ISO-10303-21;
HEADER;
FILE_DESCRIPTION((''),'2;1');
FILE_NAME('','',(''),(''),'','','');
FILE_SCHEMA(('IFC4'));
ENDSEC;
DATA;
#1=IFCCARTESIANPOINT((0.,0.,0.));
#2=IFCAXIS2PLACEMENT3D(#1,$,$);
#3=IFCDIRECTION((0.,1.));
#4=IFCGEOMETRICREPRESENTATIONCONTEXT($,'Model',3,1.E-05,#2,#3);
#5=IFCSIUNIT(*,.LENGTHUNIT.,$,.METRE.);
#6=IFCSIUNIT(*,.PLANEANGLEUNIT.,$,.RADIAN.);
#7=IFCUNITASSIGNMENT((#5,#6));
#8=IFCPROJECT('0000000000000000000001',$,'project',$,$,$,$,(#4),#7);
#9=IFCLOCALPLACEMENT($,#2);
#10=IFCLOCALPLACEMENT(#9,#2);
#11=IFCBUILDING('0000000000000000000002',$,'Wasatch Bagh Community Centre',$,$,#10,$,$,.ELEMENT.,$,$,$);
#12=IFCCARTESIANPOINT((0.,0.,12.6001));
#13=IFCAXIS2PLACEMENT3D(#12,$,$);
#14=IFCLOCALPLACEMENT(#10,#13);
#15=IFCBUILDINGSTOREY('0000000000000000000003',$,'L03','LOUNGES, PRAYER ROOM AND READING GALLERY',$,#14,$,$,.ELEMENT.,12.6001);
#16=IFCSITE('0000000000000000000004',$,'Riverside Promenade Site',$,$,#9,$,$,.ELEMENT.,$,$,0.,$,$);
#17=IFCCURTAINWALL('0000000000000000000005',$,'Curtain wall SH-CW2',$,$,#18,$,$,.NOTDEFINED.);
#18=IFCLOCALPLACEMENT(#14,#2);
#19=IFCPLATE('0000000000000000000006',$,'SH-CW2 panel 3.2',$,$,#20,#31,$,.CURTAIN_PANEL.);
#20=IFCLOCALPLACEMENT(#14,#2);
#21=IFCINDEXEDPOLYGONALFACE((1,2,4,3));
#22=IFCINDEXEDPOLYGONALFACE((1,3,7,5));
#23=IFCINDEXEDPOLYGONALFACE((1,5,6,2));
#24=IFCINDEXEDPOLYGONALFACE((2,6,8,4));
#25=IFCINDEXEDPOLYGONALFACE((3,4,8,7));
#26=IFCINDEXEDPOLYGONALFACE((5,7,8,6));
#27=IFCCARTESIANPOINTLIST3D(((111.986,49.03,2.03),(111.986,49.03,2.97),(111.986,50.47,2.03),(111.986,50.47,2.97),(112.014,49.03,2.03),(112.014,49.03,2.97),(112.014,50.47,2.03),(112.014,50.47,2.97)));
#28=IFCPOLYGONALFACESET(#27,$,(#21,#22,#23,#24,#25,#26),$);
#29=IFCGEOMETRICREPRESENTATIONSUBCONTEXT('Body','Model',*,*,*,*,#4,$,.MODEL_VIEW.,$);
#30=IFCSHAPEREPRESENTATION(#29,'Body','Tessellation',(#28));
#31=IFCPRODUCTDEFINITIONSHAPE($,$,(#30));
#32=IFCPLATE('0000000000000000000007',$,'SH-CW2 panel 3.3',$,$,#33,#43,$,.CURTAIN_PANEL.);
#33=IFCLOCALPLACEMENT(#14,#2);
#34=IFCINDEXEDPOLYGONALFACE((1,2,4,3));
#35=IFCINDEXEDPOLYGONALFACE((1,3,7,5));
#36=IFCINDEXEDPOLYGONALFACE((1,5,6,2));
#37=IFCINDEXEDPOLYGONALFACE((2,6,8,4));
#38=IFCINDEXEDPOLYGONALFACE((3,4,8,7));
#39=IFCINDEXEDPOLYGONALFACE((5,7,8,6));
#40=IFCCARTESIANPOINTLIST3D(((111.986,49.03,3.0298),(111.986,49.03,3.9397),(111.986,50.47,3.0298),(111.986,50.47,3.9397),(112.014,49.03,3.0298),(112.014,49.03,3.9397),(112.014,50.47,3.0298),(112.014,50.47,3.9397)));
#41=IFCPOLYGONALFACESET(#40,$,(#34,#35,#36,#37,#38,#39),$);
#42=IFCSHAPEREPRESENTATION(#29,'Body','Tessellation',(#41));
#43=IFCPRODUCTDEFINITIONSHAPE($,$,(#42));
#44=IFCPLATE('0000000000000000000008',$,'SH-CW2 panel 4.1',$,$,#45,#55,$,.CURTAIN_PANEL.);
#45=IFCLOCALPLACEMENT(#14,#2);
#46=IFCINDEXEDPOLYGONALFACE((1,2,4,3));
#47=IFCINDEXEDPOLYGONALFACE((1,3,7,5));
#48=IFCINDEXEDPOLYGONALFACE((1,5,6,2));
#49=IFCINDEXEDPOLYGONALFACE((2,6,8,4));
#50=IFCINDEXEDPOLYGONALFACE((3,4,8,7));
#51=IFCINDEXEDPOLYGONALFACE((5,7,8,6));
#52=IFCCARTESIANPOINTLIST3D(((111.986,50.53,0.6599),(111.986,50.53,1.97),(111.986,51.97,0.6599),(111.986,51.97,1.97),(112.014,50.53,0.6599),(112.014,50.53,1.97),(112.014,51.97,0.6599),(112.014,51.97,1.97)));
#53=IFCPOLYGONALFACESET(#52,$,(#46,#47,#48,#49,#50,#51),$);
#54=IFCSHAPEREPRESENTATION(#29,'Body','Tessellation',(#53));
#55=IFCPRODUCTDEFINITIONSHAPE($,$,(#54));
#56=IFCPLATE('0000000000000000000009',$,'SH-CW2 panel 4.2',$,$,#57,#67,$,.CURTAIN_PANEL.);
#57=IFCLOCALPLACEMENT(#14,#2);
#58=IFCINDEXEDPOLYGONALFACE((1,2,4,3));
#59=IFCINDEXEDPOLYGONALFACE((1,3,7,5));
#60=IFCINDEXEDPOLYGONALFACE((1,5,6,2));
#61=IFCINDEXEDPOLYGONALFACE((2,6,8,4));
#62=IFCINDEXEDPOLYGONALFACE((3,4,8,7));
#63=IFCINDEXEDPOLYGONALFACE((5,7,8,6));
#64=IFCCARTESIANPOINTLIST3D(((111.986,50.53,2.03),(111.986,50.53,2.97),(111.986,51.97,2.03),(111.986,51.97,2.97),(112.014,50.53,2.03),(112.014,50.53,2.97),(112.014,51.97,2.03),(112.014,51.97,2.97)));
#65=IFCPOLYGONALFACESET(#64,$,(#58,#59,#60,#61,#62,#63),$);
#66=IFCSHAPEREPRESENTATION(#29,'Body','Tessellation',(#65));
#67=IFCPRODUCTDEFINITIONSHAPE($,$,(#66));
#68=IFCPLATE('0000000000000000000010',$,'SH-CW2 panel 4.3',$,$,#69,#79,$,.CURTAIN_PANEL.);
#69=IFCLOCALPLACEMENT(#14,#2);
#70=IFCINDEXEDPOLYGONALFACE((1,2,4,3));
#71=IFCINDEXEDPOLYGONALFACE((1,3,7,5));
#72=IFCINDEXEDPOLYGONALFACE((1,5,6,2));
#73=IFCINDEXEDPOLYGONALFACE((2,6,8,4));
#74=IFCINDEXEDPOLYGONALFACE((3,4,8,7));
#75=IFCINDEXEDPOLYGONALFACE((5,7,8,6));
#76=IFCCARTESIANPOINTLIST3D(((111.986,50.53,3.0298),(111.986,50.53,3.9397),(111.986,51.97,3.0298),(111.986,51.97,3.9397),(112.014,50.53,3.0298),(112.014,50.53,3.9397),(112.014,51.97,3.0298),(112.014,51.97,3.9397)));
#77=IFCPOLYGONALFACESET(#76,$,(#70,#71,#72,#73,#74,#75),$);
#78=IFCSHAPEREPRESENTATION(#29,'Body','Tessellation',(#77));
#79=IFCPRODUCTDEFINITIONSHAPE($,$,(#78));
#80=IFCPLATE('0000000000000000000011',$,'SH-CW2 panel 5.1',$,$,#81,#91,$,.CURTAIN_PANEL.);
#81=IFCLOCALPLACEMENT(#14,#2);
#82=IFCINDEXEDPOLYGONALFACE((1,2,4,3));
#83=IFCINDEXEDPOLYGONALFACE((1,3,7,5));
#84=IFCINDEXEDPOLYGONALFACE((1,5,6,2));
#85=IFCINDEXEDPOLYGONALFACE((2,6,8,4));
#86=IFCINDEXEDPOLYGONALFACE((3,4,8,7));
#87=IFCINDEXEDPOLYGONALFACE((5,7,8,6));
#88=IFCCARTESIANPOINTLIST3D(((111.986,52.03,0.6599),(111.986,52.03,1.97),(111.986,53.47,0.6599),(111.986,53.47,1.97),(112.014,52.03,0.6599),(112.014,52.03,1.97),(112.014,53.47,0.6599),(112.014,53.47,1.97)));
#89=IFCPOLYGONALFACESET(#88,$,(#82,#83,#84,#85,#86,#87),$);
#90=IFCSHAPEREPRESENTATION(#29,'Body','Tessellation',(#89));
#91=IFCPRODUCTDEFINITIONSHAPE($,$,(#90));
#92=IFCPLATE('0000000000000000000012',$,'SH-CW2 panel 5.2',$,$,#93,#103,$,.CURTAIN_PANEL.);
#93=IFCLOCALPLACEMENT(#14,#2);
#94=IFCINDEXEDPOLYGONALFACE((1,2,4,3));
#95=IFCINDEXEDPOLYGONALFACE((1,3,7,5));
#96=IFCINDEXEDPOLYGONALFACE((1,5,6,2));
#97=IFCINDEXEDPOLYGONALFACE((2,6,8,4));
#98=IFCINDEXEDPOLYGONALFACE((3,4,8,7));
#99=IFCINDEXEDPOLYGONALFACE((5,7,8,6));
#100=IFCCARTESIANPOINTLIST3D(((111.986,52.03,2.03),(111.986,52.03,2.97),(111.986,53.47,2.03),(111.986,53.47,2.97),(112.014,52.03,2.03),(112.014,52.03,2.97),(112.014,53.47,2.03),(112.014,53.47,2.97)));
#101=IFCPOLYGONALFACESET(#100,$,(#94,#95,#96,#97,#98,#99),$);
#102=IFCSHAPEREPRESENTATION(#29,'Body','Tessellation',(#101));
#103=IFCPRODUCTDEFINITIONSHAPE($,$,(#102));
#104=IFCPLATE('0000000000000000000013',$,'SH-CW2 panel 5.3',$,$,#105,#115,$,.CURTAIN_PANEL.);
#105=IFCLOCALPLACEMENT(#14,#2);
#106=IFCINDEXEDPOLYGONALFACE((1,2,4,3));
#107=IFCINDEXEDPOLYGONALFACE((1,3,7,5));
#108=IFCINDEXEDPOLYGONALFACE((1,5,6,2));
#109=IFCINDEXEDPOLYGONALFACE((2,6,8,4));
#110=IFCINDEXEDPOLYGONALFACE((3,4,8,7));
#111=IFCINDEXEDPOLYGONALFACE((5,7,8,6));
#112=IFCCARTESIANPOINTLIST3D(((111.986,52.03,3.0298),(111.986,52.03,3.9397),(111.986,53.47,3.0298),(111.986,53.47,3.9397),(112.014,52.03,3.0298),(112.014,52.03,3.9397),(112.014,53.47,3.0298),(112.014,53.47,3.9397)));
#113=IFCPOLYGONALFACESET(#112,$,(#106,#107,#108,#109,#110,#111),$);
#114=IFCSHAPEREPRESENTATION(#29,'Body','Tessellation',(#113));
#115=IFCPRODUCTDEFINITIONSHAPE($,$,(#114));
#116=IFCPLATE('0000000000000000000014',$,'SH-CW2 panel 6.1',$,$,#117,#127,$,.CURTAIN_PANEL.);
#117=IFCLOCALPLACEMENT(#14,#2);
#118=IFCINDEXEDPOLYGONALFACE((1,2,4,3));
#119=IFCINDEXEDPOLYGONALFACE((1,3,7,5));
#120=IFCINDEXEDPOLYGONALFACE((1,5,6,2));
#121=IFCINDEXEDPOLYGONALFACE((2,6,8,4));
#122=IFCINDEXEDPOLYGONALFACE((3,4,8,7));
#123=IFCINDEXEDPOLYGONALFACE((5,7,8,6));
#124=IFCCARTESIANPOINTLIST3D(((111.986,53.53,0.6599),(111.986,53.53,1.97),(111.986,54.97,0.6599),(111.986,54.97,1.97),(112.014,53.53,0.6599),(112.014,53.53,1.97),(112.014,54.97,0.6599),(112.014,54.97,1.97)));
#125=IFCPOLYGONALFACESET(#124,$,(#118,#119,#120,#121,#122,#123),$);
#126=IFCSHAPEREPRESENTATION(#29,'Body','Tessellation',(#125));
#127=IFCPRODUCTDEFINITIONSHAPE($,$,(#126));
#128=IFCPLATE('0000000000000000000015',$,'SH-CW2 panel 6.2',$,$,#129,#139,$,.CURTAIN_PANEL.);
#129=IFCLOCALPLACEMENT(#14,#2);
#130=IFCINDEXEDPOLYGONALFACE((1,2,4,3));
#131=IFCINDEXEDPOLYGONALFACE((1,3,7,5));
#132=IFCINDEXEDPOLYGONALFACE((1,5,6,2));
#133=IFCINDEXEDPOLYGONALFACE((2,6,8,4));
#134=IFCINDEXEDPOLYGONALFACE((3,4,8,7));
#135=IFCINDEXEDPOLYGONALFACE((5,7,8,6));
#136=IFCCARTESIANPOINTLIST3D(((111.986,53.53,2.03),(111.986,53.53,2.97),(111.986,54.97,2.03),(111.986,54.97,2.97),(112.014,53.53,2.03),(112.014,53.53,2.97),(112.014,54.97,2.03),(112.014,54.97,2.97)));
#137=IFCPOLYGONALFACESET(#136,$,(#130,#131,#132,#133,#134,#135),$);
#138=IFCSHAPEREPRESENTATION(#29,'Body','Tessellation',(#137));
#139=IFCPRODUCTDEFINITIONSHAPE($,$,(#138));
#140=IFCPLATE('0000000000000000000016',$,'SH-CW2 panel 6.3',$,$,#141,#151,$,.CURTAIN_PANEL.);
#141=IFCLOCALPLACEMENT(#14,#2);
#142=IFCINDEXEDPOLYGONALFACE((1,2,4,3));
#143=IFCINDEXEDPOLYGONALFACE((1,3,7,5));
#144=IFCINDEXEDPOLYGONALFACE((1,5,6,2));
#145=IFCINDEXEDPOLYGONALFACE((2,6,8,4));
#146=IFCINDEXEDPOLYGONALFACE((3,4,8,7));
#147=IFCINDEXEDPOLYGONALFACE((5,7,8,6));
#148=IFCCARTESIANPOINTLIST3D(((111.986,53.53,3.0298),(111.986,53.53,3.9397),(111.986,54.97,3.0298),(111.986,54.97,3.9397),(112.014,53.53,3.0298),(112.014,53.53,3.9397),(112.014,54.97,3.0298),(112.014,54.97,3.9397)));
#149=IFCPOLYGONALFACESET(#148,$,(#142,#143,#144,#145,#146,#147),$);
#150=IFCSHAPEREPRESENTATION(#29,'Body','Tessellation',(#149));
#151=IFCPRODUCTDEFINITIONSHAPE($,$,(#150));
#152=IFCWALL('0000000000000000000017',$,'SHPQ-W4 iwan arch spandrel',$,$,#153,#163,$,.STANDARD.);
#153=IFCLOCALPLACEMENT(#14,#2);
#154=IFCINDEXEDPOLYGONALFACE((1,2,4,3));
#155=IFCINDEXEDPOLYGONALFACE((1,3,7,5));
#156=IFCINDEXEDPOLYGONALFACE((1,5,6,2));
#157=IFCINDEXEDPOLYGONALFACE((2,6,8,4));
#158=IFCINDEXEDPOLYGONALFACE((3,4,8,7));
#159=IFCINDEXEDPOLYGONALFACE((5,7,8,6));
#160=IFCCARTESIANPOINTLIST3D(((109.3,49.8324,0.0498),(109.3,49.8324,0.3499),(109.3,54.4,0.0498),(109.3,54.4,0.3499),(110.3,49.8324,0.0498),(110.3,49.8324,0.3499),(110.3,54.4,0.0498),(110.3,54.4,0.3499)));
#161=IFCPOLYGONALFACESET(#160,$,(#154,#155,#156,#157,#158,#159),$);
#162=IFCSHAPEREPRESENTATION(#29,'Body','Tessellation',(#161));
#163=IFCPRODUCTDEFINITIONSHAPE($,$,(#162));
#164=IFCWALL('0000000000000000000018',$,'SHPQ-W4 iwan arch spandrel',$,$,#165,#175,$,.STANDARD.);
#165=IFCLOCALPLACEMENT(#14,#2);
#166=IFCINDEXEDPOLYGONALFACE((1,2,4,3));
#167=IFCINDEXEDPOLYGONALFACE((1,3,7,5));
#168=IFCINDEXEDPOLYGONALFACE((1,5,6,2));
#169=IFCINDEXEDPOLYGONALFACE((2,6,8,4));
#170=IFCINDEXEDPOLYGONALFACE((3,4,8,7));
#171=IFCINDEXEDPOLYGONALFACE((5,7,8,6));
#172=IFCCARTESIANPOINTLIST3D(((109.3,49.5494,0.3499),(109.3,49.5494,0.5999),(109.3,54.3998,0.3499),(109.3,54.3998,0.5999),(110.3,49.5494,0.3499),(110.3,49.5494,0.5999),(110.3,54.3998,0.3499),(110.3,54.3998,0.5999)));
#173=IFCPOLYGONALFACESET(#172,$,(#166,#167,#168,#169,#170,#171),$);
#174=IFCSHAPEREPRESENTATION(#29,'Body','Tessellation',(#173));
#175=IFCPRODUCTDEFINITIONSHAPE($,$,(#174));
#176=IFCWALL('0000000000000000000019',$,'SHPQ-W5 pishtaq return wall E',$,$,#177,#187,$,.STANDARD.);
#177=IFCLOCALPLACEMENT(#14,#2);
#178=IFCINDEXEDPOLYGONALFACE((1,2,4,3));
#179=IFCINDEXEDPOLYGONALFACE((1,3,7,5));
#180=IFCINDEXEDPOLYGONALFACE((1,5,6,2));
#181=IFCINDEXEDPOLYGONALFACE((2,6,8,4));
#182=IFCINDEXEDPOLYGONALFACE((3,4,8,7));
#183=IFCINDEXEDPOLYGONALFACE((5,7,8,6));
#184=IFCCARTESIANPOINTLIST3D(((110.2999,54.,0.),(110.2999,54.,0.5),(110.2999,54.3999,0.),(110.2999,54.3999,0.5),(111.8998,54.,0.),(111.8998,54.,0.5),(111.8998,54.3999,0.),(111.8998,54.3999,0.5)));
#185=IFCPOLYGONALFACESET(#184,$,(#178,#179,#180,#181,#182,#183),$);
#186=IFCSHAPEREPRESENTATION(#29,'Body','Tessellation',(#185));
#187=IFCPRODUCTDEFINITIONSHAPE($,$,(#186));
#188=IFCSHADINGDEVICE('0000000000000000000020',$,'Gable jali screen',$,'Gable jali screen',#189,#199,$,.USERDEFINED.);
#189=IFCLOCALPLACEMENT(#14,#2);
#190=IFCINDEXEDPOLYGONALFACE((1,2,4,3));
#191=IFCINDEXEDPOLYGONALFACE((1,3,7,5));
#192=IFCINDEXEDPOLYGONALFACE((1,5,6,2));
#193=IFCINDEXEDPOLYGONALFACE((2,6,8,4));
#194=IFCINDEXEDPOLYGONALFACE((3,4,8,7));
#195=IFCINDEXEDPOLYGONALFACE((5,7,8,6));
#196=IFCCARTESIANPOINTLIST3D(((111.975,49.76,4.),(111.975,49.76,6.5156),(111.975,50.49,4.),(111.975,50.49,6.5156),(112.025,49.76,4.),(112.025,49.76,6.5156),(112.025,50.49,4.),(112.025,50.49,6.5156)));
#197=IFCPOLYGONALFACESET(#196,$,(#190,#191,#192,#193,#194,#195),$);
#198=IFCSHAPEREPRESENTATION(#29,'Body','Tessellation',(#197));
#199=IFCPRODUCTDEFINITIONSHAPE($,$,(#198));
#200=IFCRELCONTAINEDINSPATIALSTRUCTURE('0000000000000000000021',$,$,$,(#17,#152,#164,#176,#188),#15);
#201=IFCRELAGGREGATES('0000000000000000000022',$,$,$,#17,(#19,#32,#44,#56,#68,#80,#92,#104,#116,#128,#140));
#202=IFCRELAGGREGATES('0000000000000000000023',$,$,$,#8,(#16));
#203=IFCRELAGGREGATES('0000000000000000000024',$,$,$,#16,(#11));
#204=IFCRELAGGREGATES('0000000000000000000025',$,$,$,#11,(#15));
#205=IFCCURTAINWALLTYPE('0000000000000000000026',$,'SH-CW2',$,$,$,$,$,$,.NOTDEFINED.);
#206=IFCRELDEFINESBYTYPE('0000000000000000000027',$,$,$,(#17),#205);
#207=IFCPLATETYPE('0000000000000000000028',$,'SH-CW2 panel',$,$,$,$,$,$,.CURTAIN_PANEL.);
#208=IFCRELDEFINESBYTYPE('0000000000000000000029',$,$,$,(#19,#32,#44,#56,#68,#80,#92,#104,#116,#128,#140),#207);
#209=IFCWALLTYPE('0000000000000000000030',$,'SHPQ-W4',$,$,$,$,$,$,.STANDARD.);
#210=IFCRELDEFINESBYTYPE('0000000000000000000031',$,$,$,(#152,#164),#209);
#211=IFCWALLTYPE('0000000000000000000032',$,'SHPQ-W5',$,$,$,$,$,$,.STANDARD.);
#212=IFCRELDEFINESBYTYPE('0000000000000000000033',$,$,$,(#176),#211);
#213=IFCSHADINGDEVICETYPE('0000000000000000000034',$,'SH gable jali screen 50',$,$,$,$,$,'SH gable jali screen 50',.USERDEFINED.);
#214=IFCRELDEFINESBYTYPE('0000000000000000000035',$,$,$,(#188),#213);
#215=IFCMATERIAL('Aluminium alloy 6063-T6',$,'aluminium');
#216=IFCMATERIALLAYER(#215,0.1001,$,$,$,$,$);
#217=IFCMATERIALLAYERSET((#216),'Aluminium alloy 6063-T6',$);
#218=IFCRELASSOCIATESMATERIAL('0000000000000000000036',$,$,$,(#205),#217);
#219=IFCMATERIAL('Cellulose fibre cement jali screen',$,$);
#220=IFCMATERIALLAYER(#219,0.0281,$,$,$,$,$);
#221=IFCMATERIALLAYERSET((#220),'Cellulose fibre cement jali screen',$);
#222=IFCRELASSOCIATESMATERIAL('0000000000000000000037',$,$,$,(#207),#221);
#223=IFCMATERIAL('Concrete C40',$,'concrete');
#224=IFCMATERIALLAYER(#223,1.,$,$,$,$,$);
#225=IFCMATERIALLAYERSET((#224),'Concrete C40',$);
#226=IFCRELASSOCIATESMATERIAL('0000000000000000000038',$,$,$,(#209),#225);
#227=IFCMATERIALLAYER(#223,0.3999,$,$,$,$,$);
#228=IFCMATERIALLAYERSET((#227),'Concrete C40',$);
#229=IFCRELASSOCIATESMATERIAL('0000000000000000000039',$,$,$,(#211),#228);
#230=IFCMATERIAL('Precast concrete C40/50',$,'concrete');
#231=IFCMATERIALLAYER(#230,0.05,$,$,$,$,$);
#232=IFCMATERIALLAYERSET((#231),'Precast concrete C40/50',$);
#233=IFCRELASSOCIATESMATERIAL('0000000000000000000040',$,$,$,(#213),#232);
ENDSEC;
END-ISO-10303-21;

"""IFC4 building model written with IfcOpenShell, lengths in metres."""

from ifc_helpers import new_model, si_unit, direction, frame, frame_2d, origin, origin_2d, place, context, subcontext, project, spatial, rectangle, extrude, material, layer, layer_set, type_object, element, aggregate, save


model = new_model("IFC4")

# Units and contexts
model_context = context("Model", 3, precision=1e-05, world=origin(), true_north=direction((0.0, 1.0)))
body_context = subcontext(model_context, "Body", "Model", "MODEL_VIEW")
ifc_project = project(units=[si_unit("LENGTHUNIT", "METRE"), si_unit("PLANEANGLEUNIT", "RADIAN")], contexts=[model_context])

# Site, building, storey
site_placement = place(None, origin())
site = spatial("IfcSite", under=ifc_project, at=site_placement, Name="Riverside Promenade Site", CompositionType="ELEMENT", RefElevation=0.0)
building_placement = place(site_placement, origin())
building = spatial("IfcBuilding", under=site, at=building_placement, Name="Wasatch Bagh Community Centre", CompositionType="ELEMENT")
storey_placement = place(building_placement, frame((0.0, 0.0, 12.6001)))
storey = spatial("IfcBuildingStorey", under=building, at=storey_placement, Name="L03", Description="LOUNGES, PRAYER ROOM AND READING GALLERY", CompositionType="ELEMENT", Elevation=12.6001)

# Curtain wall, plates
ifc_material_1 = material(Name="Aluminium alloy 6063-T6", Category="aluminium")
ifc_layer_1 = layer(ifc_material_1, 0.1001)
ifc_layer_set_1 = layer_set([ifc_layer_1], Name="Aluminium alloy 6063-T6")
curtain_wall_type = type_object("IfcCurtainWallType", Name="SH-CW2", PredefinedType="NOTDEFINED", material=ifc_layer_set_1)
curtain_wall_placement = place(storey_placement, origin())
curtain_wall = element("IfcCurtainWall", 1, at=curtain_wall_placement, inside=storey, type_object=curtain_wall_type, Name="Curtain wall SH-CW2", PredefinedType="NOTDEFINED")
ifc_material_2 = material(Name="Cellulose fibre cement jali screen")
ifc_layer_2 = layer(ifc_material_2, 0.0281)
ifc_layer_set_2 = layer_set([ifc_layer_2], Name="Cellulose fibre cement jali screen")
plate_type = type_object("IfcPlateType", Name="SH-CW2 panel", PredefinedType="CURTAIN_PANEL", material=ifc_layer_set_2)
plate_1_placement = place(storey_placement, frame((112.0, 49.75, 2.03), z_axis=(0.0, 0.0, 1.0), x_axis=(0.0, 1.0, 0.0)))
plate_1 = element("IfcPlate", 2, at=plate_1_placement, type_object=plate_type, Name="SH-CW2 panel 3.2", PredefinedType="CURTAIN_PANEL", context=body_context, shape_type="SweptSolid", body=[
    extrude(rectangle(XDim=1.4399, YDim=0.0281, at=origin_2d()), origin(), (0.0, 0.0, 1.0), 0.9399),
])
plate_2_placement = place(storey_placement, frame((112.0, 49.75, 3.0298), z_axis=(0.0, 0.0, 1.0), x_axis=(0.0, 1.0, 0.0)))
plate_2 = element("IfcPlate", 3, at=plate_2_placement, type_object=plate_type, Name="SH-CW2 panel 3.3", PredefinedType="CURTAIN_PANEL", context=body_context, shape_type="SweptSolid", body=[
    extrude(rectangle(XDim=1.4399, YDim=0.0281, at=origin_2d()), origin(), (0.0, 0.0, 1.0), 0.9099),
])
plate_3_placement = place(storey_placement, frame((112.0, 51.25, 0.6599), z_axis=(0.0, 0.0, 1.0), x_axis=(0.0, 1.0, 0.0)))
plate_3 = element("IfcPlate", 4, at=plate_3_placement, type_object=plate_type, Name="SH-CW2 panel 4.1", PredefinedType="CURTAIN_PANEL", context=body_context, shape_type="SweptSolid", body=[
    extrude(rectangle(XDim=1.4399, YDim=0.0281, at=origin_2d()), origin(), (0.0, 0.0, 1.0), 1.3101),
])
plate_4_placement = place(storey_placement, frame((112.0, 51.25, 2.03), z_axis=(0.0, 0.0, 1.0), x_axis=(0.0, 1.0, 0.0)))
plate_4 = element("IfcPlate", 5, at=plate_4_placement, type_object=plate_type, Name="SH-CW2 panel 4.2", PredefinedType="CURTAIN_PANEL", context=body_context, shape_type="SweptSolid", body=[
    extrude(rectangle(XDim=1.4399, YDim=0.0281, at=origin_2d()), origin(), (0.0, 0.0, 1.0), 0.9399),
])
plate_5_placement = place(storey_placement, frame((112.0, 51.25, 3.0298), z_axis=(0.0, 0.0, 1.0), x_axis=(0.0, 1.0, 0.0)))
plate_5 = element("IfcPlate", 6, at=plate_5_placement, type_object=plate_type, Name="SH-CW2 panel 4.3", PredefinedType="CURTAIN_PANEL", context=body_context, shape_type="SweptSolid", body=[
    extrude(rectangle(XDim=1.4399, YDim=0.0281, at=origin_2d()), origin(), (0.0, 0.0, 1.0), 0.9099),
])
plate_6_placement = place(storey_placement, frame((112.0, 52.75, 0.6599), z_axis=(0.0, 0.0, 1.0), x_axis=(0.0, 1.0, 0.0)))
plate_6 = element("IfcPlate", 7, at=plate_6_placement, type_object=plate_type, Name="SH-CW2 panel 5.1", PredefinedType="CURTAIN_PANEL", context=body_context, shape_type="SweptSolid", body=[
    extrude(rectangle(XDim=1.4399, YDim=0.0281, at=origin_2d()), origin(), (0.0, 0.0, 1.0), 1.3101),
])
plate_7_placement = place(storey_placement, frame((112.0, 52.75, 2.03), z_axis=(0.0, 0.0, 1.0), x_axis=(0.0, 1.0, 0.0)))
plate_7 = element("IfcPlate", 8, at=plate_7_placement, type_object=plate_type, Name="SH-CW2 panel 5.2", PredefinedType="CURTAIN_PANEL", context=body_context, shape_type="SweptSolid", body=[
    extrude(rectangle(XDim=1.4399, YDim=0.0281, at=origin_2d()), origin(), (0.0, 0.0, 1.0), 0.9399),
])
plate_8_placement = place(storey_placement, frame((112.0, 52.75, 3.0298), z_axis=(0.0, 0.0, 1.0), x_axis=(0.0, 1.0, 0.0)))
plate_8 = element("IfcPlate", 9, at=plate_8_placement, type_object=plate_type, Name="SH-CW2 panel 5.3", PredefinedType="CURTAIN_PANEL", context=body_context, shape_type="SweptSolid", body=[
    extrude(rectangle(XDim=1.4399, YDim=0.0281, at=origin_2d()), origin(), (0.0, 0.0, 1.0), 0.9099),
])
plate_9_placement = place(storey_placement, frame((112.0, 54.25, 0.6599), z_axis=(0.0, 0.0, 1.0), x_axis=(0.0, 1.0, 0.0)))
plate_9 = element("IfcPlate", 10, at=plate_9_placement, type_object=plate_type, Name="SH-CW2 panel 6.1", PredefinedType="CURTAIN_PANEL", context=body_context, shape_type="SweptSolid", body=[
    extrude(rectangle(XDim=1.4399, YDim=0.0281, at=origin_2d()), origin(), (0.0, 0.0, 1.0), 1.3101),
])
plate_10_placement = place(storey_placement, frame((112.0, 54.25, 2.03), z_axis=(0.0, 0.0, 1.0), x_axis=(0.0, 1.0, 0.0)))
plate_10 = element("IfcPlate", 11, at=plate_10_placement, type_object=plate_type, Name="SH-CW2 panel 6.2", PredefinedType="CURTAIN_PANEL", context=body_context, shape_type="SweptSolid", body=[
    extrude(rectangle(XDim=1.4399, YDim=0.0281, at=origin_2d()), origin(), (0.0, 0.0, 1.0), 0.9399),
])
plate_11_placement = place(storey_placement, frame((112.0, 54.25, 3.0298), z_axis=(0.0, 0.0, 1.0), x_axis=(0.0, 1.0, 0.0)))
plate_11 = element("IfcPlate", 12, at=plate_11_placement, type_object=plate_type, Name="SH-CW2 panel 6.3", PredefinedType="CURTAIN_PANEL", context=body_context, shape_type="SweptSolid", body=[
    extrude(rectangle(XDim=1.4399, YDim=0.0281, at=origin_2d()), origin(), (0.0, 0.0, 1.0), 0.9099),
])
aggregate(curtain_wall, [plate_1, plate_2, plate_3, plate_4, plate_5, plate_6, plate_7, plate_8, plate_9, plate_10, plate_11])

# Walls
ifc_material_3 = material(Name="Concrete C40", Category="concrete")
ifc_layer_3 = layer(ifc_material_3, 1.0)
ifc_layer_set_3 = layer_set([ifc_layer_3], Name="Concrete C40")
wall_type_1 = type_object("IfcWallType", Name="SHPQ-W4", PredefinedType="STANDARD", material=ifc_layer_set_3)
wall_1_placement = place(storey_placement, frame((109.8, 54.3999, 0.0498), z_axis=(0.0, 0.0, 1.0), x_axis=(0.0, -1.0, 0.0)))
element("IfcWall", 13, at=wall_1_placement, inside=storey, type_object=wall_type_1, Name="SHPQ-W4 iwan arch spandrel", PredefinedType="STANDARD", context=body_context, shape_type="SweptSolid", body=[
    extrude(rectangle(XDim=4.5676, YDim=1.0, at=frame_2d((2.2837, 0.0))), origin(), (0.0, 0.0, 1.0), 0.3),
])
wall_2_placement = place(storey_placement, frame((109.8, 54.3999, 0.3499), z_axis=(0.0, 0.0, 1.0), x_axis=(0.0, -1.0, 0.0)))
element("IfcWall", 14, at=wall_2_placement, inside=storey, type_object=wall_type_1, Name="SHPQ-W4 iwan arch spandrel", PredefinedType="STANDARD", context=body_context, shape_type="SweptSolid", body=[
    extrude(rectangle(XDim=4.8503, YDim=1.0, at=frame_2d((2.4253, 0.0))), origin(), (0.0, 0.0, 1.0), 0.25),
])
ifc_layer_4 = layer(ifc_material_3, 0.3999)
ifc_layer_set_4 = layer_set([ifc_layer_4], Name="Concrete C40")
wall_type_2 = type_object("IfcWallType", Name="SHPQ-W5", PredefinedType="STANDARD", material=ifc_layer_set_4)
wall_3_placement = place(storey_placement, frame((110.3, 54.2, 0.0), z_axis=(0.0, 0.0, 1.0), x_axis=(1.0, 0.0, 0.0)))
element("IfcWall", 15, at=wall_3_placement, inside=storey, type_object=wall_type_2, Name="SHPQ-W5 pishtaq return wall E", PredefinedType="STANDARD", context=body_context, shape_type="SweptSolid", body=[
    extrude(rectangle(XDim=1.5999, YDim=0.3999, at=frame_2d((0.7998, 0.0))), origin(), (0.0, 0.0, 1.0), 0.5),
])

# Shading device
ifc_material_4 = material(Name="Precast concrete C40/50", Category="concrete")
ifc_layer_5 = layer(ifc_material_4, 0.05)
ifc_layer_set_5 = layer_set([ifc_layer_5], Name="Precast concrete C40/50")
shading_device_type = type_object("IfcShadingDeviceType", Name="SH gable jali screen 50", ElementType="SH gable jali screen 50", PredefinedType="USERDEFINED", material=ifc_layer_set_5)
shading_device_placement = place(storey_placement, frame((112.0, 50.125, 4.0), z_axis=(0.0, 0.0, 1.0), x_axis=(1.0, 0.0, 0.0)))
element("IfcShadingDevice", 16, at=shading_device_placement, inside=storey, type_object=shading_device_type, Name="Gable jali screen", ObjectType="Gable jali screen", PredefinedType="USERDEFINED", context=body_context, shape_type="SweptSolid", body=[
    extrude(rectangle(XDim=0.05, YDim=0.73, at=origin_2d()), origin(), (0.0, 0.0, 1.0), 2.5156),
])

save(model, "model.ifc")
